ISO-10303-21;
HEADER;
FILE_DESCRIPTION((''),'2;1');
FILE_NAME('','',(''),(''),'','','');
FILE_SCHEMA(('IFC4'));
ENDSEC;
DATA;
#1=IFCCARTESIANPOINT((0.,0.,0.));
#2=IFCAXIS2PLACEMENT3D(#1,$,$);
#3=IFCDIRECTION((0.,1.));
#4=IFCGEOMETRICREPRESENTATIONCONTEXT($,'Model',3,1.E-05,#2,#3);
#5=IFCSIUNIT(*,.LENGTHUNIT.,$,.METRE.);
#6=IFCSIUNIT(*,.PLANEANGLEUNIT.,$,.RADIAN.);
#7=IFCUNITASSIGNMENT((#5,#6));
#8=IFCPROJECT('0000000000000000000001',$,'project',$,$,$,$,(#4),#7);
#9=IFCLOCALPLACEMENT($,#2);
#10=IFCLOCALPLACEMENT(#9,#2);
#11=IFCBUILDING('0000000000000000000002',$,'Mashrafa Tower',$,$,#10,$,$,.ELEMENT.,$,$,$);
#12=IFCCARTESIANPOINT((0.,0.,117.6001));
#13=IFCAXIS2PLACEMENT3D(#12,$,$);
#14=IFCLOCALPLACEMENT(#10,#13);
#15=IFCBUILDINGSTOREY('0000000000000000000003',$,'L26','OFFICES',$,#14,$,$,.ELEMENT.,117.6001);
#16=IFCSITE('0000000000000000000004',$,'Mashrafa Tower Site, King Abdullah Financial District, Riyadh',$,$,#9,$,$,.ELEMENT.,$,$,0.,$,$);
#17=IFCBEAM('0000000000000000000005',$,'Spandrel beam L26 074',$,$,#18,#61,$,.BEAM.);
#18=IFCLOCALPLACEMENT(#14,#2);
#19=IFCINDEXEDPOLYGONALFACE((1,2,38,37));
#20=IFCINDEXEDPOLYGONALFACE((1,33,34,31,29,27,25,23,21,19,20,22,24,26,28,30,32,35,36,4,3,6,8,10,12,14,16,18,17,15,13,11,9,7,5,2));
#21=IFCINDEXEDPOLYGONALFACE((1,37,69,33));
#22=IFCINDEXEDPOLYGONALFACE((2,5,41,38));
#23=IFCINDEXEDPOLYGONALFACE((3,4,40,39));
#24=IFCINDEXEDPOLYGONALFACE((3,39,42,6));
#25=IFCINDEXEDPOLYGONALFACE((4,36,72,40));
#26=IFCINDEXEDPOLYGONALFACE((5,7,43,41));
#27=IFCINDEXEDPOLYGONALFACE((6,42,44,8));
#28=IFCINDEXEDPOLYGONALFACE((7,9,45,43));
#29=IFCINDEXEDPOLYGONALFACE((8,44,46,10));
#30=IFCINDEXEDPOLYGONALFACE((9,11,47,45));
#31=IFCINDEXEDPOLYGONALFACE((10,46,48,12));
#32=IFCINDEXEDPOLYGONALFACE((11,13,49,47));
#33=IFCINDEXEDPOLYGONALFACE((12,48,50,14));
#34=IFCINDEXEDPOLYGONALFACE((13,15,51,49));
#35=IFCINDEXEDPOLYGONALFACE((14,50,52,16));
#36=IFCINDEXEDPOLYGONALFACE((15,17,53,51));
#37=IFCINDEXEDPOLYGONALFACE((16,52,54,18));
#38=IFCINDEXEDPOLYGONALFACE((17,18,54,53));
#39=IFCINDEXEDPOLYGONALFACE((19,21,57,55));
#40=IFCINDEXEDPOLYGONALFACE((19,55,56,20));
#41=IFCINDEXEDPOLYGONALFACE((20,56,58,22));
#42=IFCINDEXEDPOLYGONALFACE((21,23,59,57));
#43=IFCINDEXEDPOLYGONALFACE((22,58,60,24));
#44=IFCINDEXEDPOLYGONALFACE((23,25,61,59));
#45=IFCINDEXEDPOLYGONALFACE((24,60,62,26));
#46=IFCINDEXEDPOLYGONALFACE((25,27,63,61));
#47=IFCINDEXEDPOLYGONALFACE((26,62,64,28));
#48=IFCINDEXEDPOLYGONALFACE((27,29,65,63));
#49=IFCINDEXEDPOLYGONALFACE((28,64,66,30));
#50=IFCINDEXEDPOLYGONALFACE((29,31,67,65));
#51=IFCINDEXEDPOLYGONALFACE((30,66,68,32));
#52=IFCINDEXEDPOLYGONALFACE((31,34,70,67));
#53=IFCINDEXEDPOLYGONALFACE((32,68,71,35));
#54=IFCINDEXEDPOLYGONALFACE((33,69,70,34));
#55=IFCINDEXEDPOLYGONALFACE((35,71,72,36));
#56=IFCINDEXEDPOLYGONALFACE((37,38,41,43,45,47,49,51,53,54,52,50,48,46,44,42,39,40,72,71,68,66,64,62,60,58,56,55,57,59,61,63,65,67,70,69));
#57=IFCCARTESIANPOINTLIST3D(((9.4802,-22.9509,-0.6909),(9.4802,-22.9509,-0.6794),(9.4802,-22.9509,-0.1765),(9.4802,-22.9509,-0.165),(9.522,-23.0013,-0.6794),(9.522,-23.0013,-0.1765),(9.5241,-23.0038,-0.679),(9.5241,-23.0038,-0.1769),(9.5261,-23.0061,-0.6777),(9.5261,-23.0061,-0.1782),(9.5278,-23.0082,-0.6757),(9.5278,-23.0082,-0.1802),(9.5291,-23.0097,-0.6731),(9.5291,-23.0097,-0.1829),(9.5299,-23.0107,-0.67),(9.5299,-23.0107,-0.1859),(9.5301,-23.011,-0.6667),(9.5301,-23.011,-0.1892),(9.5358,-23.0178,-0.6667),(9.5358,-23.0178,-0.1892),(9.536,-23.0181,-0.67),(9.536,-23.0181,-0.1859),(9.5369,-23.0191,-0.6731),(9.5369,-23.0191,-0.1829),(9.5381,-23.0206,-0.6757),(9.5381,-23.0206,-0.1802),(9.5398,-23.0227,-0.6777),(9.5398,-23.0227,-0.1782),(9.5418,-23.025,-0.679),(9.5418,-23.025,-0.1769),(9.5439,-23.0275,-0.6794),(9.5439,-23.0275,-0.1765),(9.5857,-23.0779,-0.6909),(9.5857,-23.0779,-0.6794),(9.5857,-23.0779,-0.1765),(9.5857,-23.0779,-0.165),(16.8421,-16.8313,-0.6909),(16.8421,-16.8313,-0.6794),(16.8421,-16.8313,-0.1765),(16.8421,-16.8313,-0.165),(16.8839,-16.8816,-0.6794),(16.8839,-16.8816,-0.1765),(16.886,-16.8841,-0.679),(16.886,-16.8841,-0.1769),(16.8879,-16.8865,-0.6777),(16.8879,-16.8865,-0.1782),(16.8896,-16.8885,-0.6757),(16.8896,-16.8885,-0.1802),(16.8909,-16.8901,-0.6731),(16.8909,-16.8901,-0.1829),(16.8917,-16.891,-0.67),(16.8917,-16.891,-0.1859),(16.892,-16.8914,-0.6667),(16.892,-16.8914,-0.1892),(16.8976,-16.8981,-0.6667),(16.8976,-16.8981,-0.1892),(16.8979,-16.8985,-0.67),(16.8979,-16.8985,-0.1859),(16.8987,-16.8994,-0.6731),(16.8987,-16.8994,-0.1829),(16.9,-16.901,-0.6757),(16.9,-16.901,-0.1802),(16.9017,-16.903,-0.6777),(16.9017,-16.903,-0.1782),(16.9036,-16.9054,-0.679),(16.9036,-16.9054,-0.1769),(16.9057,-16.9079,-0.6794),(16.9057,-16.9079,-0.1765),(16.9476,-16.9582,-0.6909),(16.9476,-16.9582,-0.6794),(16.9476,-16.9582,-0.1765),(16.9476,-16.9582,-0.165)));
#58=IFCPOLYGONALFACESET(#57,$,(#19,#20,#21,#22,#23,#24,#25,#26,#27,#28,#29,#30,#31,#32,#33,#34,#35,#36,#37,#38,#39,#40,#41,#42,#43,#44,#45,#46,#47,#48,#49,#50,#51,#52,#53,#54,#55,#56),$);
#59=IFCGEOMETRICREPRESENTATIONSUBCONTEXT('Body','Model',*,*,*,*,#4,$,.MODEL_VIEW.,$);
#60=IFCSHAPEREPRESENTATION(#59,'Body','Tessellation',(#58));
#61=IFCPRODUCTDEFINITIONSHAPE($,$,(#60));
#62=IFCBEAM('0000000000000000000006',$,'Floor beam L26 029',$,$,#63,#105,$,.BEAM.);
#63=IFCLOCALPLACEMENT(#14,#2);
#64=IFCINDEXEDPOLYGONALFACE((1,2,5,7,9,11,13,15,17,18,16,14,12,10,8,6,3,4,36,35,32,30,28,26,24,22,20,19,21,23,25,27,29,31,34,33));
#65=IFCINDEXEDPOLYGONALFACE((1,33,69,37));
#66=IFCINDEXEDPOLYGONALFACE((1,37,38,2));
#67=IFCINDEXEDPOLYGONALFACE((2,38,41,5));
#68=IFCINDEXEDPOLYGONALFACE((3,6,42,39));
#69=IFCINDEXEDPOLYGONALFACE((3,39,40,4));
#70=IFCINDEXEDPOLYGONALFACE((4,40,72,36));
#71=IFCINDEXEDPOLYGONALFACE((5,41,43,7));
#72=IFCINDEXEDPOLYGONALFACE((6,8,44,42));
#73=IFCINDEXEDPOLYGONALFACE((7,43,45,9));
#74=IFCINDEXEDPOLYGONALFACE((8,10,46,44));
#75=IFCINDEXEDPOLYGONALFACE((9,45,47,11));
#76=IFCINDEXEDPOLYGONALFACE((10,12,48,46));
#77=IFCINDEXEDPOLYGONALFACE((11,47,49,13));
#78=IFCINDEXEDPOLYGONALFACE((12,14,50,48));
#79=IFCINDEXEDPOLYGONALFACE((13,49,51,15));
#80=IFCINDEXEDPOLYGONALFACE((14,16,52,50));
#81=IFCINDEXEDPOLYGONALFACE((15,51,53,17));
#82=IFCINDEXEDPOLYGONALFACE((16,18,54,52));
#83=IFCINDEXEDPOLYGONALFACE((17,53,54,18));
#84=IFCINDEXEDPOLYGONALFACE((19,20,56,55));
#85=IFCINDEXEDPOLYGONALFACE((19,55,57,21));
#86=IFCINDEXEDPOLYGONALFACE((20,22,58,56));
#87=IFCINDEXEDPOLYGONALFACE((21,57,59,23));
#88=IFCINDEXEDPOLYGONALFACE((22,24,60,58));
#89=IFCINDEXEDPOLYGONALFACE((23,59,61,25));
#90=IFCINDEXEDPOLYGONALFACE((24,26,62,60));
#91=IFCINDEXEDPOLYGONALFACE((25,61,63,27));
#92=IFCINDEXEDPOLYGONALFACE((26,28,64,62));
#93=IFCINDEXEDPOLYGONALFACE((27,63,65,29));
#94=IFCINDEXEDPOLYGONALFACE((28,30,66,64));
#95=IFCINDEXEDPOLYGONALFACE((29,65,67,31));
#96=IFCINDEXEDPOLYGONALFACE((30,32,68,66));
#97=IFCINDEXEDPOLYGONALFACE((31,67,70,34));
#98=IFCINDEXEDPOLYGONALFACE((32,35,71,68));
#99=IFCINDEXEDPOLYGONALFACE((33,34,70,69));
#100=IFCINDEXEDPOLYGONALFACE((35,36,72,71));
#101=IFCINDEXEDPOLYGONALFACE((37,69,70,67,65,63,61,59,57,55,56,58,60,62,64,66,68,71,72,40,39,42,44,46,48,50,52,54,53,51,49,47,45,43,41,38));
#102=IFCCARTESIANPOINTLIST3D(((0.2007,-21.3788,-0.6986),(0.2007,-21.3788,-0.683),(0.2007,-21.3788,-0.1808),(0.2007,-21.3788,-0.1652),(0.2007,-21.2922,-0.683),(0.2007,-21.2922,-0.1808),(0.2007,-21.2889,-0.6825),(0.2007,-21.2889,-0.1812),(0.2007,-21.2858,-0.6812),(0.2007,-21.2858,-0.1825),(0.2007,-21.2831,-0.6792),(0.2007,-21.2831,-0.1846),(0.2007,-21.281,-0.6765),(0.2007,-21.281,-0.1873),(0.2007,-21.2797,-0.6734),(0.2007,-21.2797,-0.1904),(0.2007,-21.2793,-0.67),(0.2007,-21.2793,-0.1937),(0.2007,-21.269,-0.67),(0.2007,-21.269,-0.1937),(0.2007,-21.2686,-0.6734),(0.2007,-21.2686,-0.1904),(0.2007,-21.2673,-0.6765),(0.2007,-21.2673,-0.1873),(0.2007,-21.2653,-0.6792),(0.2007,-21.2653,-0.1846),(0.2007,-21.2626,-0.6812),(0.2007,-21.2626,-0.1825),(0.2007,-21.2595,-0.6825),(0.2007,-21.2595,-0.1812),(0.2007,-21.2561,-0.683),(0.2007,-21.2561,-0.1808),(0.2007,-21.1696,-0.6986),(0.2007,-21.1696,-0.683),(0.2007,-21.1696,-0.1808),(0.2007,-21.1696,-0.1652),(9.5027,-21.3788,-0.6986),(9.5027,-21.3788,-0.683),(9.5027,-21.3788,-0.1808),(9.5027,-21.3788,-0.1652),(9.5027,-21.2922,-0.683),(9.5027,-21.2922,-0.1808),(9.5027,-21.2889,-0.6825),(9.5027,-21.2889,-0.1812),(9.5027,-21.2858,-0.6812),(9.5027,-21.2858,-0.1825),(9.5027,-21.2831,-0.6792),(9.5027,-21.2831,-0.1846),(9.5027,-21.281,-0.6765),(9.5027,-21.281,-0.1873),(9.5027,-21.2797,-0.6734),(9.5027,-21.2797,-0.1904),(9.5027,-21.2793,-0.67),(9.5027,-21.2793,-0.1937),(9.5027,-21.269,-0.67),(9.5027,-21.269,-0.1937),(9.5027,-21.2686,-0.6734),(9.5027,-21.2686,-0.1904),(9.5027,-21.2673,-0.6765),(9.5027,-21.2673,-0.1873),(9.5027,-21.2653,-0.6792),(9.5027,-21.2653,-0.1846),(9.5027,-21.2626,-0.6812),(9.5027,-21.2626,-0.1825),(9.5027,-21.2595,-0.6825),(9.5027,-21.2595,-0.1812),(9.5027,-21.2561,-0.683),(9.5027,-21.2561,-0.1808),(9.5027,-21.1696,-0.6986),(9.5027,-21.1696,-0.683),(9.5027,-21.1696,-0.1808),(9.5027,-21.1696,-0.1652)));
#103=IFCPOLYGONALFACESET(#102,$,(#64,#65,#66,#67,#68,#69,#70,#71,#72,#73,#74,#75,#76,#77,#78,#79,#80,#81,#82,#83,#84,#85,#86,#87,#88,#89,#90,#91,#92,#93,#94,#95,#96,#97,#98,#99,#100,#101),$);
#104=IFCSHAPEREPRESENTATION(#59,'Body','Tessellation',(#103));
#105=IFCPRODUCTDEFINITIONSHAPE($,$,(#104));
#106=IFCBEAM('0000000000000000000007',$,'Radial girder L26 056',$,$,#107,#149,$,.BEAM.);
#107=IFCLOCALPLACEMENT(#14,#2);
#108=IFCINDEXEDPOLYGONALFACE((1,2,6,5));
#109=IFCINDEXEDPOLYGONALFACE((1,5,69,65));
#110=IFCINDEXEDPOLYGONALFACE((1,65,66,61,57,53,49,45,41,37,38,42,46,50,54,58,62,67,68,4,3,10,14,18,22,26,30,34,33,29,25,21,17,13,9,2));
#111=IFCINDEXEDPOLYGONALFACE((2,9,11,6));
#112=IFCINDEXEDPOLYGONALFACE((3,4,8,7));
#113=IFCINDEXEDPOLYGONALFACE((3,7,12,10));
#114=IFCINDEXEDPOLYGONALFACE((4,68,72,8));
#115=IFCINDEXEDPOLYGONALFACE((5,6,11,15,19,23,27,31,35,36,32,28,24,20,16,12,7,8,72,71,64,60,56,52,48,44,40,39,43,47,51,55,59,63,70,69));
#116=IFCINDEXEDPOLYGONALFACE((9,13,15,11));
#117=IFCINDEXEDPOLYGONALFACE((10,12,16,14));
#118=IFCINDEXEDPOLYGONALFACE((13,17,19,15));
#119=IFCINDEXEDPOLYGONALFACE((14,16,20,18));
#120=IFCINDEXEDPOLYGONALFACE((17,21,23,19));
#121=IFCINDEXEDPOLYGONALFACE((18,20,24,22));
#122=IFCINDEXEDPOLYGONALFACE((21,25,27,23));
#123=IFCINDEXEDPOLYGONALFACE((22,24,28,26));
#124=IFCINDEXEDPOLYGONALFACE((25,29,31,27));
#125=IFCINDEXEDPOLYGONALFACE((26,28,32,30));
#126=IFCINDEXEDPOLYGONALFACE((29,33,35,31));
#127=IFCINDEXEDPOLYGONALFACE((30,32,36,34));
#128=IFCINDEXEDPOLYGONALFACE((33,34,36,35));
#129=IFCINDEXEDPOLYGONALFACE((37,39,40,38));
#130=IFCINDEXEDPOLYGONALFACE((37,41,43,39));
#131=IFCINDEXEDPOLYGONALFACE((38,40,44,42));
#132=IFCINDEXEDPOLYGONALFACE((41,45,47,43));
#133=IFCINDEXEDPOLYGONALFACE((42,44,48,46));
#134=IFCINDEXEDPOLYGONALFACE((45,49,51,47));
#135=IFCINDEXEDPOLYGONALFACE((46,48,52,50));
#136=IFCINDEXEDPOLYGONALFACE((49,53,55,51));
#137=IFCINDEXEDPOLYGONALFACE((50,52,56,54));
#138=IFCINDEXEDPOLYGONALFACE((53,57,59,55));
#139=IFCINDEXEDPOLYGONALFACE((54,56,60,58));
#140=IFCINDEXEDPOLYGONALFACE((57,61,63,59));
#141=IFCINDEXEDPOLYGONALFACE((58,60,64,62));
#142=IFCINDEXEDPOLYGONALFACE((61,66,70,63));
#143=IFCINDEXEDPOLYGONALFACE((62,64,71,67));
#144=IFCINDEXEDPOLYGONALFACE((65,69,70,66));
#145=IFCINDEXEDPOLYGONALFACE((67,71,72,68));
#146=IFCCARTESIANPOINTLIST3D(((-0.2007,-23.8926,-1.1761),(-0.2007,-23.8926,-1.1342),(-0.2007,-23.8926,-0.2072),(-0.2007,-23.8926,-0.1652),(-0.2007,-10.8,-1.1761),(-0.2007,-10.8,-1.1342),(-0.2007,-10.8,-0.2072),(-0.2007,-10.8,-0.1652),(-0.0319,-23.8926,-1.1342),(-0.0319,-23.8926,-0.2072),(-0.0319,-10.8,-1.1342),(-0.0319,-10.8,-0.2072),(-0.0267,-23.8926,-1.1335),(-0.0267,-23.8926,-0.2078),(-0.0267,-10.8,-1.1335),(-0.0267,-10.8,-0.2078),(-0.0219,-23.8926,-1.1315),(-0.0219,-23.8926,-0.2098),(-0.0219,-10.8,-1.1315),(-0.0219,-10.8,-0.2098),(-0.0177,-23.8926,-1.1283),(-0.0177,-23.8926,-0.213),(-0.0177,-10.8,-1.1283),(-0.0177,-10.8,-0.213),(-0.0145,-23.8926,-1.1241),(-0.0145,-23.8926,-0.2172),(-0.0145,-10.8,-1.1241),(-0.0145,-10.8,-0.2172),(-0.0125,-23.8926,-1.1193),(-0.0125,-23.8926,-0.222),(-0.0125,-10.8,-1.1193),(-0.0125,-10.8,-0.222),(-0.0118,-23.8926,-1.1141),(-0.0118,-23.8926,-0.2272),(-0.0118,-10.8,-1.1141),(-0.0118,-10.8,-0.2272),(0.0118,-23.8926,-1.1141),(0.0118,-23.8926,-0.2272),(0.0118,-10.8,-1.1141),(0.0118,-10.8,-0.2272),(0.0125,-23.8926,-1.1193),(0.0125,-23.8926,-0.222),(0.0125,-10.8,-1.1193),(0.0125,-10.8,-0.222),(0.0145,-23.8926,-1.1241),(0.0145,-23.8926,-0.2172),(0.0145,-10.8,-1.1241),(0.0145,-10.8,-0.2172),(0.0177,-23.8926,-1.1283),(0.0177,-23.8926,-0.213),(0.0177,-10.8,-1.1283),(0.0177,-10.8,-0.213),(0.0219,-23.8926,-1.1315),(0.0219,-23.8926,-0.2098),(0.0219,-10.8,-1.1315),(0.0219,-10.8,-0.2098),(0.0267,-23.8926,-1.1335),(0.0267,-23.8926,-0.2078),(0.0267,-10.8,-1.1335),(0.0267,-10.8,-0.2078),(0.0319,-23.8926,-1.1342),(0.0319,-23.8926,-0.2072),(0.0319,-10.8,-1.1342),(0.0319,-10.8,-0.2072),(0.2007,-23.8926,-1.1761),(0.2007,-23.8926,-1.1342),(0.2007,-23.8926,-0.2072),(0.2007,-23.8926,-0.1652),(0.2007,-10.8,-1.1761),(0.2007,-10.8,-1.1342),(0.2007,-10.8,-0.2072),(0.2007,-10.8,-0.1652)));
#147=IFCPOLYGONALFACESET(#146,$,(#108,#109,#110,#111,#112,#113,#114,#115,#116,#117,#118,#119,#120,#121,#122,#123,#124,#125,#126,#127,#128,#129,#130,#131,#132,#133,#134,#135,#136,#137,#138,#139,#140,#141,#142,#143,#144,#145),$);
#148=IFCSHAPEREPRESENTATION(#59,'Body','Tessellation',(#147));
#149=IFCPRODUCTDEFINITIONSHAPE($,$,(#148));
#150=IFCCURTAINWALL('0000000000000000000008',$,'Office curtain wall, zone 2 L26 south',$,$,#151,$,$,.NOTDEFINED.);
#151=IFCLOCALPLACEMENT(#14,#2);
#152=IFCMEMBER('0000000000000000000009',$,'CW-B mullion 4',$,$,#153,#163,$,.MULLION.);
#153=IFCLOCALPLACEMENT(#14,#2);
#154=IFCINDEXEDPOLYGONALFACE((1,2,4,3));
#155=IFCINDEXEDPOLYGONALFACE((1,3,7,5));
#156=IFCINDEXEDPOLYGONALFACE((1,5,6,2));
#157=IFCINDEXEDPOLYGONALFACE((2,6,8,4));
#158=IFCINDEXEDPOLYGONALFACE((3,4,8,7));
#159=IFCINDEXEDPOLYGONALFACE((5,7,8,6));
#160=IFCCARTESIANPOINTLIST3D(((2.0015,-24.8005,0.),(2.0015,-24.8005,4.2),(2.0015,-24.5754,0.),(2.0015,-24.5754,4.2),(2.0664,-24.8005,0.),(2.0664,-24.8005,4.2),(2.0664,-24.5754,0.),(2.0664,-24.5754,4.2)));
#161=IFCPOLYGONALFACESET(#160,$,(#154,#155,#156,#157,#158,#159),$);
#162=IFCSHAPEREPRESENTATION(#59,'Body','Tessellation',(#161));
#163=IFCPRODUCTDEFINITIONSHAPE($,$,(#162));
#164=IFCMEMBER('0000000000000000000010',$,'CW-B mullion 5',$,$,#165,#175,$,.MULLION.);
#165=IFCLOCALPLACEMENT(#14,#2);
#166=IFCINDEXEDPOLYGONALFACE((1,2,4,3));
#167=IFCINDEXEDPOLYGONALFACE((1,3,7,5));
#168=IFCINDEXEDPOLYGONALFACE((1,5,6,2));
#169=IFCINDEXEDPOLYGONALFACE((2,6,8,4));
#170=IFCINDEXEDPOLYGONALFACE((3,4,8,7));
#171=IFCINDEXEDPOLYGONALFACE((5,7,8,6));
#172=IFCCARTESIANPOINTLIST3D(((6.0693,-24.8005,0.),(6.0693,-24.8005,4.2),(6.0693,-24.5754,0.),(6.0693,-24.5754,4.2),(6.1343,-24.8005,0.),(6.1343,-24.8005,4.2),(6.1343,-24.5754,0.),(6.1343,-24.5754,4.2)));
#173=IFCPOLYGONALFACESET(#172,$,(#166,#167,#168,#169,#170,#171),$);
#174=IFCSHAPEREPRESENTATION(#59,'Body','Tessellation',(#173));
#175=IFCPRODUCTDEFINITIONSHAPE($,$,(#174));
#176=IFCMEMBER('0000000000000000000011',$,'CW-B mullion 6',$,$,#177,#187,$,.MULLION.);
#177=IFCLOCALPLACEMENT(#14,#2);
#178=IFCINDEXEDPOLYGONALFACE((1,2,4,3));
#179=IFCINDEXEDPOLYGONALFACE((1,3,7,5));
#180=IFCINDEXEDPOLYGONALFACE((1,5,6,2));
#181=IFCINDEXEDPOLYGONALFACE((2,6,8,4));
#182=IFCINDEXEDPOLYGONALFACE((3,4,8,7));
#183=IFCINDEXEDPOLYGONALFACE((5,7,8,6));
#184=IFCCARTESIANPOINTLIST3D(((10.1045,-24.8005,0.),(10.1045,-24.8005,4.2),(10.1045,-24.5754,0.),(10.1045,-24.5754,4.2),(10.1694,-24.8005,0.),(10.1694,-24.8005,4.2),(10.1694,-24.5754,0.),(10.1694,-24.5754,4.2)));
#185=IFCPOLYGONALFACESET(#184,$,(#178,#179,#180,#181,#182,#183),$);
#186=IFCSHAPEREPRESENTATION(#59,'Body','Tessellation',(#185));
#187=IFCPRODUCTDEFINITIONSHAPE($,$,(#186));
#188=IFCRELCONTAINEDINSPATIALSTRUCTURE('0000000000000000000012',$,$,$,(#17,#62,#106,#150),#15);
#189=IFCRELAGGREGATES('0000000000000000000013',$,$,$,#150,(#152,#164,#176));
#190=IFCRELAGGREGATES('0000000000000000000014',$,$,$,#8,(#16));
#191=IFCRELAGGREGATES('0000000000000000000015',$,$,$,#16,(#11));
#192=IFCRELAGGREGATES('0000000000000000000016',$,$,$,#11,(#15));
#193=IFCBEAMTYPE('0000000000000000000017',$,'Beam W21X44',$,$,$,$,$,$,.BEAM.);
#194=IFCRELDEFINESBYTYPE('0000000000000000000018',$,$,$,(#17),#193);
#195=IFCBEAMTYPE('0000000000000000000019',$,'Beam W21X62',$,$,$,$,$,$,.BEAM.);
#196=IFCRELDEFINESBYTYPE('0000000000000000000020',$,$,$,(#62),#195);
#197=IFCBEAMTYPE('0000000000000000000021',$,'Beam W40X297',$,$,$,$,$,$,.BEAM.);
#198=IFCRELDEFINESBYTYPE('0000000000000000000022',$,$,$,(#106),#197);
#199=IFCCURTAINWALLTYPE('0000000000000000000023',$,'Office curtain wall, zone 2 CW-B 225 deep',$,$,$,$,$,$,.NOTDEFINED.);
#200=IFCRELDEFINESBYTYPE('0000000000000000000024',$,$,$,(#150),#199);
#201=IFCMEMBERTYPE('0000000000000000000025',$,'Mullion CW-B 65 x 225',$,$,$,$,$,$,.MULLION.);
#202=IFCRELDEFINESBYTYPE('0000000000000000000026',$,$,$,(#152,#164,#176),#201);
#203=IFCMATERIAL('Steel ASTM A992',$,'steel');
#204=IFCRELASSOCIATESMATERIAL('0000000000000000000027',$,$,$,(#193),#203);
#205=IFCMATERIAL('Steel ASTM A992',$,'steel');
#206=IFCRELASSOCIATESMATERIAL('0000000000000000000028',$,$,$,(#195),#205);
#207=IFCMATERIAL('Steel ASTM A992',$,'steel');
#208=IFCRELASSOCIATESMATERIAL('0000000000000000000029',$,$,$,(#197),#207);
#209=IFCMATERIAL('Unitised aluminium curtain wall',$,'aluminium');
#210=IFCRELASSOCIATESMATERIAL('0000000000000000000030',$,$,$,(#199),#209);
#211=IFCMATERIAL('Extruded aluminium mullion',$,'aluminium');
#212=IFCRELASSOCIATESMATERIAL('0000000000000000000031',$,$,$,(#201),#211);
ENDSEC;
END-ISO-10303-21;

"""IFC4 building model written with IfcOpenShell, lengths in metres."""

from ifc_helpers import new_model, si_unit, direction, frame, origin, origin_2d, place, context, subcontext, project, spatial, rectangle, i_section, extrude, source, transform, mapped, material, material_profile, profile_set, type_object, type_shapes, element, aggregate, save


model = new_model("IFC4")

# Units and contexts
model_context = context("Model", 3, precision=1e-05, world=origin(), true_north=direction((0.0, 1.0)))
body_context = subcontext(model_context, "Body", "Model", "MODEL_VIEW")
ifc_project = project(units=[si_unit("LENGTHUNIT", "METRE"), si_unit("PLANEANGLEUNIT", "RADIAN")], contexts=[model_context])

# Site, building, storey
site_placement = place(None, origin())
site = spatial("IfcSite", under=ifc_project, at=site_placement, Name="Mashrafa Tower Site, King Abdullah Financial District, Riyadh", CompositionType="ELEMENT", RefElevation=0.0)
building_placement = place(site_placement, origin())
building = spatial("IfcBuilding", under=site, at=building_placement, Name="Mashrafa Tower", CompositionType="ELEMENT")
storey_placement = place(building_placement, frame((0.0, 0.0, 117.6001)))
storey = spatial("IfcBuildingStorey", under=building, at=storey_placement, Name="L26", Description="OFFICES", CompositionType="ELEMENT", Elevation=117.6001)

# Beams
ifc_material_1 = material(Name="Steel ASTM A992", Category="steel")
ifc_material_profile_1 = material_profile(ifc_material_1, i_section(OverallWidth=0.165, OverallDepth=0.5259, WebThickness=0.0088, FlangeThickness=0.0115, FilletRadius=0.0127, at=origin_2d()), Name="W21X44")
ifc_profile_set_1 = profile_set([ifc_material_profile_1], Name="Steel ASTM A992")
beam_type_1 = type_object("IfcBeamType", Name="Beam W21X44", PredefinedType="BEAM", material=ifc_profile_set_1)
for number, where, z_axis, x_axis, name in (
    (1, (9.533, -23.0144, -0.428), (0.769003, 0.639246, 0.0), (-0.639246, 0.769003, 0.0), "Spandrel beam L26 074"),
):
    element("IfcBeam", number, at=place(storey_placement, frame(where, z_axis=z_axis, x_axis=x_axis)), inside=storey, type_object=beam_type_1, Name=name, PredefinedType="BEAM", context=body_context, shape_type="SweptSolid", body=[
        extrude(i_section(OverallWidth=0.165, OverallDepth=0.5259, WebThickness=0.0088, FlangeThickness=0.0115, FilletRadius=0.0127, at=origin_2d()), origin(), (0.0, 0.0, 1.0), 9.5732),
    ])
ifc_material_2 = material(Name="Steel ASTM A992", Category="steel")
ifc_material_profile_2 = material_profile(ifc_material_2, i_section(OverallWidth=0.2092, OverallDepth=0.5334, WebThickness=0.0103, FlangeThickness=0.0156, FilletRadius=0.0129, at=origin_2d()), Name="W21X62")
ifc_profile_set_2 = profile_set([ifc_material_profile_2], Name="Steel ASTM A992")
beam_type_2 = type_object("IfcBeamType", Name="Beam W21X62", PredefinedType="BEAM", material=ifc_profile_set_2)
beam_1_placement = place(storey_placement, frame((9.5027, -21.2742, -0.4319), z_axis=(-1.0, 0.0, 0.0), x_axis=(0.0, -1.0, 0.0)))
element("IfcBeam", 2, at=beam_1_placement, inside=storey, type_object=beam_type_2, Name="Floor beam L26 029", PredefinedType="BEAM", context=body_context, shape_type="SweptSolid", body=[
    extrude(i_section(OverallWidth=0.2092, OverallDepth=0.5334, WebThickness=0.0103, FlangeThickness=0.0156, FilletRadius=0.0129, at=origin_2d()), origin(), (0.0, 0.0, 1.0), 9.302),
])
ifc_material_3 = material(Name="Steel ASTM A992", Category="steel")
ifc_material_profile_3 = material_profile(ifc_material_3, i_section(OverallWidth=0.4014, OverallDepth=1.011, WebThickness=0.0237, FlangeThickness=0.042, FilletRadius=0.02, at=origin_2d()), Name="W40X297")
ifc_profile_set_3 = profile_set([ifc_material_profile_3], Name="Steel ASTM A992")
beam_type_3 = type_object("IfcBeamType", Name="Beam W40X297", PredefinedType="BEAM", material=ifc_profile_set_3)
beam_2_placement = place(storey_placement, frame((0.0, -10.8, -0.6707), z_axis=(0.0, -1.0, 0.0), x_axis=(1.0, 0.0, 0.0)))
element("IfcBeam", 3, at=beam_2_placement, inside=storey, type_object=beam_type_3, Name="Radial girder L26 056", PredefinedType="BEAM", context=body_context, shape_type="SweptSolid", body=[
    extrude(i_section(OverallWidth=0.4014, OverallDepth=1.011, WebThickness=0.0237, FlangeThickness=0.042, FilletRadius=0.02, at=origin_2d()), origin(), (0.0, 0.0, 1.0), 13.0925),
])

# Curtain wall, members
ifc_material_4 = material(Name="Unitised aluminium curtain wall", Category="aluminium")
curtain_wall_type = type_object("IfcCurtainWallType", Name="Office curtain wall, zone 2 CW-B 225 deep", PredefinedType="NOTDEFINED", material=ifc_material_4)
curtain_wall_1_placement = place(storey_placement, origin())
curtain_wall_1 = element("IfcCurtainWall", 4, at=curtain_wall_1_placement, inside=storey, type_object=curtain_wall_type, Name="Office curtain wall, zone 2 L26 south", PredefinedType="NOTDEFINED")
ifc_material_5 = material(Name="Extruded aluminium mullion", Category="aluminium")
ifc_material_profile_4 = material_profile(ifc_material_5, rectangle(XDim=0.2251, YDim=0.0649, at=origin_2d()), Name="Mullion 65x225")
ifc_profile_set_4 = profile_set([ifc_material_profile_4], Name="Extruded aluminium mullion")
member_type_1 = type_object("IfcMemberType", Name="Mullion CW-B 65 x 225", PredefinedType="MULLION", material=ifc_profile_set_4)
shared_shape_1 = source(origin(), body_context, "Body", "SweptSolid", [
    extrude(rectangle(XDim=0.2251, YDim=0.0649, at=origin_2d()), origin(), (0.0, 0.0, 1.0), 4.2),
])
type_shapes(member_type_1, [shared_shape_1])
member_1_placement = place(storey_placement, frame((2.0339, -24.688, 0.0), z_axis=(0.0, 0.0, 1.0), x_axis=(0.0, 1.0, 0.0)))
member_1 = element("IfcMember", 5, at=member_1_placement, type_object=member_type_1, Name="CW-B mullion 4", PredefinedType="MULLION", context=body_context, shape_type="MappedRepresentation", body=[
    mapped(shared_shape_1, transform((0.0, 0.0, 0.0))),
])
member_2_placement = place(storey_placement, frame((6.1018, -24.688, 0.0), z_axis=(0.0, 0.0, 1.0), x_axis=(0.0, 1.0, 0.0)))
member_2 = element("IfcMember", 6, at=member_2_placement, type_object=member_type_1, Name="CW-B mullion 5", PredefinedType="MULLION", context=body_context, shape_type="MappedRepresentation", body=[
    mapped(shared_shape_1, transform((0.0, 0.0, 0.0))),
])
member_3_placement = place(storey_placement, frame((10.137, -24.688, 0.0), z_axis=(0.0, 0.0, 1.0), x_axis=(0.0, 1.0, 0.0)))
member_3 = element("IfcMember", 7, at=member_3_placement, type_object=member_type_1, Name="CW-B mullion 6", PredefinedType="MULLION", context=body_context, shape_type="MappedRepresentation", body=[
    mapped(shared_shape_1, transform((0.0, 0.0, 0.0))),
])

aggregate(curtain_wall_1, [member_1, member_2, member_3])

save(model, "model.ifc")
